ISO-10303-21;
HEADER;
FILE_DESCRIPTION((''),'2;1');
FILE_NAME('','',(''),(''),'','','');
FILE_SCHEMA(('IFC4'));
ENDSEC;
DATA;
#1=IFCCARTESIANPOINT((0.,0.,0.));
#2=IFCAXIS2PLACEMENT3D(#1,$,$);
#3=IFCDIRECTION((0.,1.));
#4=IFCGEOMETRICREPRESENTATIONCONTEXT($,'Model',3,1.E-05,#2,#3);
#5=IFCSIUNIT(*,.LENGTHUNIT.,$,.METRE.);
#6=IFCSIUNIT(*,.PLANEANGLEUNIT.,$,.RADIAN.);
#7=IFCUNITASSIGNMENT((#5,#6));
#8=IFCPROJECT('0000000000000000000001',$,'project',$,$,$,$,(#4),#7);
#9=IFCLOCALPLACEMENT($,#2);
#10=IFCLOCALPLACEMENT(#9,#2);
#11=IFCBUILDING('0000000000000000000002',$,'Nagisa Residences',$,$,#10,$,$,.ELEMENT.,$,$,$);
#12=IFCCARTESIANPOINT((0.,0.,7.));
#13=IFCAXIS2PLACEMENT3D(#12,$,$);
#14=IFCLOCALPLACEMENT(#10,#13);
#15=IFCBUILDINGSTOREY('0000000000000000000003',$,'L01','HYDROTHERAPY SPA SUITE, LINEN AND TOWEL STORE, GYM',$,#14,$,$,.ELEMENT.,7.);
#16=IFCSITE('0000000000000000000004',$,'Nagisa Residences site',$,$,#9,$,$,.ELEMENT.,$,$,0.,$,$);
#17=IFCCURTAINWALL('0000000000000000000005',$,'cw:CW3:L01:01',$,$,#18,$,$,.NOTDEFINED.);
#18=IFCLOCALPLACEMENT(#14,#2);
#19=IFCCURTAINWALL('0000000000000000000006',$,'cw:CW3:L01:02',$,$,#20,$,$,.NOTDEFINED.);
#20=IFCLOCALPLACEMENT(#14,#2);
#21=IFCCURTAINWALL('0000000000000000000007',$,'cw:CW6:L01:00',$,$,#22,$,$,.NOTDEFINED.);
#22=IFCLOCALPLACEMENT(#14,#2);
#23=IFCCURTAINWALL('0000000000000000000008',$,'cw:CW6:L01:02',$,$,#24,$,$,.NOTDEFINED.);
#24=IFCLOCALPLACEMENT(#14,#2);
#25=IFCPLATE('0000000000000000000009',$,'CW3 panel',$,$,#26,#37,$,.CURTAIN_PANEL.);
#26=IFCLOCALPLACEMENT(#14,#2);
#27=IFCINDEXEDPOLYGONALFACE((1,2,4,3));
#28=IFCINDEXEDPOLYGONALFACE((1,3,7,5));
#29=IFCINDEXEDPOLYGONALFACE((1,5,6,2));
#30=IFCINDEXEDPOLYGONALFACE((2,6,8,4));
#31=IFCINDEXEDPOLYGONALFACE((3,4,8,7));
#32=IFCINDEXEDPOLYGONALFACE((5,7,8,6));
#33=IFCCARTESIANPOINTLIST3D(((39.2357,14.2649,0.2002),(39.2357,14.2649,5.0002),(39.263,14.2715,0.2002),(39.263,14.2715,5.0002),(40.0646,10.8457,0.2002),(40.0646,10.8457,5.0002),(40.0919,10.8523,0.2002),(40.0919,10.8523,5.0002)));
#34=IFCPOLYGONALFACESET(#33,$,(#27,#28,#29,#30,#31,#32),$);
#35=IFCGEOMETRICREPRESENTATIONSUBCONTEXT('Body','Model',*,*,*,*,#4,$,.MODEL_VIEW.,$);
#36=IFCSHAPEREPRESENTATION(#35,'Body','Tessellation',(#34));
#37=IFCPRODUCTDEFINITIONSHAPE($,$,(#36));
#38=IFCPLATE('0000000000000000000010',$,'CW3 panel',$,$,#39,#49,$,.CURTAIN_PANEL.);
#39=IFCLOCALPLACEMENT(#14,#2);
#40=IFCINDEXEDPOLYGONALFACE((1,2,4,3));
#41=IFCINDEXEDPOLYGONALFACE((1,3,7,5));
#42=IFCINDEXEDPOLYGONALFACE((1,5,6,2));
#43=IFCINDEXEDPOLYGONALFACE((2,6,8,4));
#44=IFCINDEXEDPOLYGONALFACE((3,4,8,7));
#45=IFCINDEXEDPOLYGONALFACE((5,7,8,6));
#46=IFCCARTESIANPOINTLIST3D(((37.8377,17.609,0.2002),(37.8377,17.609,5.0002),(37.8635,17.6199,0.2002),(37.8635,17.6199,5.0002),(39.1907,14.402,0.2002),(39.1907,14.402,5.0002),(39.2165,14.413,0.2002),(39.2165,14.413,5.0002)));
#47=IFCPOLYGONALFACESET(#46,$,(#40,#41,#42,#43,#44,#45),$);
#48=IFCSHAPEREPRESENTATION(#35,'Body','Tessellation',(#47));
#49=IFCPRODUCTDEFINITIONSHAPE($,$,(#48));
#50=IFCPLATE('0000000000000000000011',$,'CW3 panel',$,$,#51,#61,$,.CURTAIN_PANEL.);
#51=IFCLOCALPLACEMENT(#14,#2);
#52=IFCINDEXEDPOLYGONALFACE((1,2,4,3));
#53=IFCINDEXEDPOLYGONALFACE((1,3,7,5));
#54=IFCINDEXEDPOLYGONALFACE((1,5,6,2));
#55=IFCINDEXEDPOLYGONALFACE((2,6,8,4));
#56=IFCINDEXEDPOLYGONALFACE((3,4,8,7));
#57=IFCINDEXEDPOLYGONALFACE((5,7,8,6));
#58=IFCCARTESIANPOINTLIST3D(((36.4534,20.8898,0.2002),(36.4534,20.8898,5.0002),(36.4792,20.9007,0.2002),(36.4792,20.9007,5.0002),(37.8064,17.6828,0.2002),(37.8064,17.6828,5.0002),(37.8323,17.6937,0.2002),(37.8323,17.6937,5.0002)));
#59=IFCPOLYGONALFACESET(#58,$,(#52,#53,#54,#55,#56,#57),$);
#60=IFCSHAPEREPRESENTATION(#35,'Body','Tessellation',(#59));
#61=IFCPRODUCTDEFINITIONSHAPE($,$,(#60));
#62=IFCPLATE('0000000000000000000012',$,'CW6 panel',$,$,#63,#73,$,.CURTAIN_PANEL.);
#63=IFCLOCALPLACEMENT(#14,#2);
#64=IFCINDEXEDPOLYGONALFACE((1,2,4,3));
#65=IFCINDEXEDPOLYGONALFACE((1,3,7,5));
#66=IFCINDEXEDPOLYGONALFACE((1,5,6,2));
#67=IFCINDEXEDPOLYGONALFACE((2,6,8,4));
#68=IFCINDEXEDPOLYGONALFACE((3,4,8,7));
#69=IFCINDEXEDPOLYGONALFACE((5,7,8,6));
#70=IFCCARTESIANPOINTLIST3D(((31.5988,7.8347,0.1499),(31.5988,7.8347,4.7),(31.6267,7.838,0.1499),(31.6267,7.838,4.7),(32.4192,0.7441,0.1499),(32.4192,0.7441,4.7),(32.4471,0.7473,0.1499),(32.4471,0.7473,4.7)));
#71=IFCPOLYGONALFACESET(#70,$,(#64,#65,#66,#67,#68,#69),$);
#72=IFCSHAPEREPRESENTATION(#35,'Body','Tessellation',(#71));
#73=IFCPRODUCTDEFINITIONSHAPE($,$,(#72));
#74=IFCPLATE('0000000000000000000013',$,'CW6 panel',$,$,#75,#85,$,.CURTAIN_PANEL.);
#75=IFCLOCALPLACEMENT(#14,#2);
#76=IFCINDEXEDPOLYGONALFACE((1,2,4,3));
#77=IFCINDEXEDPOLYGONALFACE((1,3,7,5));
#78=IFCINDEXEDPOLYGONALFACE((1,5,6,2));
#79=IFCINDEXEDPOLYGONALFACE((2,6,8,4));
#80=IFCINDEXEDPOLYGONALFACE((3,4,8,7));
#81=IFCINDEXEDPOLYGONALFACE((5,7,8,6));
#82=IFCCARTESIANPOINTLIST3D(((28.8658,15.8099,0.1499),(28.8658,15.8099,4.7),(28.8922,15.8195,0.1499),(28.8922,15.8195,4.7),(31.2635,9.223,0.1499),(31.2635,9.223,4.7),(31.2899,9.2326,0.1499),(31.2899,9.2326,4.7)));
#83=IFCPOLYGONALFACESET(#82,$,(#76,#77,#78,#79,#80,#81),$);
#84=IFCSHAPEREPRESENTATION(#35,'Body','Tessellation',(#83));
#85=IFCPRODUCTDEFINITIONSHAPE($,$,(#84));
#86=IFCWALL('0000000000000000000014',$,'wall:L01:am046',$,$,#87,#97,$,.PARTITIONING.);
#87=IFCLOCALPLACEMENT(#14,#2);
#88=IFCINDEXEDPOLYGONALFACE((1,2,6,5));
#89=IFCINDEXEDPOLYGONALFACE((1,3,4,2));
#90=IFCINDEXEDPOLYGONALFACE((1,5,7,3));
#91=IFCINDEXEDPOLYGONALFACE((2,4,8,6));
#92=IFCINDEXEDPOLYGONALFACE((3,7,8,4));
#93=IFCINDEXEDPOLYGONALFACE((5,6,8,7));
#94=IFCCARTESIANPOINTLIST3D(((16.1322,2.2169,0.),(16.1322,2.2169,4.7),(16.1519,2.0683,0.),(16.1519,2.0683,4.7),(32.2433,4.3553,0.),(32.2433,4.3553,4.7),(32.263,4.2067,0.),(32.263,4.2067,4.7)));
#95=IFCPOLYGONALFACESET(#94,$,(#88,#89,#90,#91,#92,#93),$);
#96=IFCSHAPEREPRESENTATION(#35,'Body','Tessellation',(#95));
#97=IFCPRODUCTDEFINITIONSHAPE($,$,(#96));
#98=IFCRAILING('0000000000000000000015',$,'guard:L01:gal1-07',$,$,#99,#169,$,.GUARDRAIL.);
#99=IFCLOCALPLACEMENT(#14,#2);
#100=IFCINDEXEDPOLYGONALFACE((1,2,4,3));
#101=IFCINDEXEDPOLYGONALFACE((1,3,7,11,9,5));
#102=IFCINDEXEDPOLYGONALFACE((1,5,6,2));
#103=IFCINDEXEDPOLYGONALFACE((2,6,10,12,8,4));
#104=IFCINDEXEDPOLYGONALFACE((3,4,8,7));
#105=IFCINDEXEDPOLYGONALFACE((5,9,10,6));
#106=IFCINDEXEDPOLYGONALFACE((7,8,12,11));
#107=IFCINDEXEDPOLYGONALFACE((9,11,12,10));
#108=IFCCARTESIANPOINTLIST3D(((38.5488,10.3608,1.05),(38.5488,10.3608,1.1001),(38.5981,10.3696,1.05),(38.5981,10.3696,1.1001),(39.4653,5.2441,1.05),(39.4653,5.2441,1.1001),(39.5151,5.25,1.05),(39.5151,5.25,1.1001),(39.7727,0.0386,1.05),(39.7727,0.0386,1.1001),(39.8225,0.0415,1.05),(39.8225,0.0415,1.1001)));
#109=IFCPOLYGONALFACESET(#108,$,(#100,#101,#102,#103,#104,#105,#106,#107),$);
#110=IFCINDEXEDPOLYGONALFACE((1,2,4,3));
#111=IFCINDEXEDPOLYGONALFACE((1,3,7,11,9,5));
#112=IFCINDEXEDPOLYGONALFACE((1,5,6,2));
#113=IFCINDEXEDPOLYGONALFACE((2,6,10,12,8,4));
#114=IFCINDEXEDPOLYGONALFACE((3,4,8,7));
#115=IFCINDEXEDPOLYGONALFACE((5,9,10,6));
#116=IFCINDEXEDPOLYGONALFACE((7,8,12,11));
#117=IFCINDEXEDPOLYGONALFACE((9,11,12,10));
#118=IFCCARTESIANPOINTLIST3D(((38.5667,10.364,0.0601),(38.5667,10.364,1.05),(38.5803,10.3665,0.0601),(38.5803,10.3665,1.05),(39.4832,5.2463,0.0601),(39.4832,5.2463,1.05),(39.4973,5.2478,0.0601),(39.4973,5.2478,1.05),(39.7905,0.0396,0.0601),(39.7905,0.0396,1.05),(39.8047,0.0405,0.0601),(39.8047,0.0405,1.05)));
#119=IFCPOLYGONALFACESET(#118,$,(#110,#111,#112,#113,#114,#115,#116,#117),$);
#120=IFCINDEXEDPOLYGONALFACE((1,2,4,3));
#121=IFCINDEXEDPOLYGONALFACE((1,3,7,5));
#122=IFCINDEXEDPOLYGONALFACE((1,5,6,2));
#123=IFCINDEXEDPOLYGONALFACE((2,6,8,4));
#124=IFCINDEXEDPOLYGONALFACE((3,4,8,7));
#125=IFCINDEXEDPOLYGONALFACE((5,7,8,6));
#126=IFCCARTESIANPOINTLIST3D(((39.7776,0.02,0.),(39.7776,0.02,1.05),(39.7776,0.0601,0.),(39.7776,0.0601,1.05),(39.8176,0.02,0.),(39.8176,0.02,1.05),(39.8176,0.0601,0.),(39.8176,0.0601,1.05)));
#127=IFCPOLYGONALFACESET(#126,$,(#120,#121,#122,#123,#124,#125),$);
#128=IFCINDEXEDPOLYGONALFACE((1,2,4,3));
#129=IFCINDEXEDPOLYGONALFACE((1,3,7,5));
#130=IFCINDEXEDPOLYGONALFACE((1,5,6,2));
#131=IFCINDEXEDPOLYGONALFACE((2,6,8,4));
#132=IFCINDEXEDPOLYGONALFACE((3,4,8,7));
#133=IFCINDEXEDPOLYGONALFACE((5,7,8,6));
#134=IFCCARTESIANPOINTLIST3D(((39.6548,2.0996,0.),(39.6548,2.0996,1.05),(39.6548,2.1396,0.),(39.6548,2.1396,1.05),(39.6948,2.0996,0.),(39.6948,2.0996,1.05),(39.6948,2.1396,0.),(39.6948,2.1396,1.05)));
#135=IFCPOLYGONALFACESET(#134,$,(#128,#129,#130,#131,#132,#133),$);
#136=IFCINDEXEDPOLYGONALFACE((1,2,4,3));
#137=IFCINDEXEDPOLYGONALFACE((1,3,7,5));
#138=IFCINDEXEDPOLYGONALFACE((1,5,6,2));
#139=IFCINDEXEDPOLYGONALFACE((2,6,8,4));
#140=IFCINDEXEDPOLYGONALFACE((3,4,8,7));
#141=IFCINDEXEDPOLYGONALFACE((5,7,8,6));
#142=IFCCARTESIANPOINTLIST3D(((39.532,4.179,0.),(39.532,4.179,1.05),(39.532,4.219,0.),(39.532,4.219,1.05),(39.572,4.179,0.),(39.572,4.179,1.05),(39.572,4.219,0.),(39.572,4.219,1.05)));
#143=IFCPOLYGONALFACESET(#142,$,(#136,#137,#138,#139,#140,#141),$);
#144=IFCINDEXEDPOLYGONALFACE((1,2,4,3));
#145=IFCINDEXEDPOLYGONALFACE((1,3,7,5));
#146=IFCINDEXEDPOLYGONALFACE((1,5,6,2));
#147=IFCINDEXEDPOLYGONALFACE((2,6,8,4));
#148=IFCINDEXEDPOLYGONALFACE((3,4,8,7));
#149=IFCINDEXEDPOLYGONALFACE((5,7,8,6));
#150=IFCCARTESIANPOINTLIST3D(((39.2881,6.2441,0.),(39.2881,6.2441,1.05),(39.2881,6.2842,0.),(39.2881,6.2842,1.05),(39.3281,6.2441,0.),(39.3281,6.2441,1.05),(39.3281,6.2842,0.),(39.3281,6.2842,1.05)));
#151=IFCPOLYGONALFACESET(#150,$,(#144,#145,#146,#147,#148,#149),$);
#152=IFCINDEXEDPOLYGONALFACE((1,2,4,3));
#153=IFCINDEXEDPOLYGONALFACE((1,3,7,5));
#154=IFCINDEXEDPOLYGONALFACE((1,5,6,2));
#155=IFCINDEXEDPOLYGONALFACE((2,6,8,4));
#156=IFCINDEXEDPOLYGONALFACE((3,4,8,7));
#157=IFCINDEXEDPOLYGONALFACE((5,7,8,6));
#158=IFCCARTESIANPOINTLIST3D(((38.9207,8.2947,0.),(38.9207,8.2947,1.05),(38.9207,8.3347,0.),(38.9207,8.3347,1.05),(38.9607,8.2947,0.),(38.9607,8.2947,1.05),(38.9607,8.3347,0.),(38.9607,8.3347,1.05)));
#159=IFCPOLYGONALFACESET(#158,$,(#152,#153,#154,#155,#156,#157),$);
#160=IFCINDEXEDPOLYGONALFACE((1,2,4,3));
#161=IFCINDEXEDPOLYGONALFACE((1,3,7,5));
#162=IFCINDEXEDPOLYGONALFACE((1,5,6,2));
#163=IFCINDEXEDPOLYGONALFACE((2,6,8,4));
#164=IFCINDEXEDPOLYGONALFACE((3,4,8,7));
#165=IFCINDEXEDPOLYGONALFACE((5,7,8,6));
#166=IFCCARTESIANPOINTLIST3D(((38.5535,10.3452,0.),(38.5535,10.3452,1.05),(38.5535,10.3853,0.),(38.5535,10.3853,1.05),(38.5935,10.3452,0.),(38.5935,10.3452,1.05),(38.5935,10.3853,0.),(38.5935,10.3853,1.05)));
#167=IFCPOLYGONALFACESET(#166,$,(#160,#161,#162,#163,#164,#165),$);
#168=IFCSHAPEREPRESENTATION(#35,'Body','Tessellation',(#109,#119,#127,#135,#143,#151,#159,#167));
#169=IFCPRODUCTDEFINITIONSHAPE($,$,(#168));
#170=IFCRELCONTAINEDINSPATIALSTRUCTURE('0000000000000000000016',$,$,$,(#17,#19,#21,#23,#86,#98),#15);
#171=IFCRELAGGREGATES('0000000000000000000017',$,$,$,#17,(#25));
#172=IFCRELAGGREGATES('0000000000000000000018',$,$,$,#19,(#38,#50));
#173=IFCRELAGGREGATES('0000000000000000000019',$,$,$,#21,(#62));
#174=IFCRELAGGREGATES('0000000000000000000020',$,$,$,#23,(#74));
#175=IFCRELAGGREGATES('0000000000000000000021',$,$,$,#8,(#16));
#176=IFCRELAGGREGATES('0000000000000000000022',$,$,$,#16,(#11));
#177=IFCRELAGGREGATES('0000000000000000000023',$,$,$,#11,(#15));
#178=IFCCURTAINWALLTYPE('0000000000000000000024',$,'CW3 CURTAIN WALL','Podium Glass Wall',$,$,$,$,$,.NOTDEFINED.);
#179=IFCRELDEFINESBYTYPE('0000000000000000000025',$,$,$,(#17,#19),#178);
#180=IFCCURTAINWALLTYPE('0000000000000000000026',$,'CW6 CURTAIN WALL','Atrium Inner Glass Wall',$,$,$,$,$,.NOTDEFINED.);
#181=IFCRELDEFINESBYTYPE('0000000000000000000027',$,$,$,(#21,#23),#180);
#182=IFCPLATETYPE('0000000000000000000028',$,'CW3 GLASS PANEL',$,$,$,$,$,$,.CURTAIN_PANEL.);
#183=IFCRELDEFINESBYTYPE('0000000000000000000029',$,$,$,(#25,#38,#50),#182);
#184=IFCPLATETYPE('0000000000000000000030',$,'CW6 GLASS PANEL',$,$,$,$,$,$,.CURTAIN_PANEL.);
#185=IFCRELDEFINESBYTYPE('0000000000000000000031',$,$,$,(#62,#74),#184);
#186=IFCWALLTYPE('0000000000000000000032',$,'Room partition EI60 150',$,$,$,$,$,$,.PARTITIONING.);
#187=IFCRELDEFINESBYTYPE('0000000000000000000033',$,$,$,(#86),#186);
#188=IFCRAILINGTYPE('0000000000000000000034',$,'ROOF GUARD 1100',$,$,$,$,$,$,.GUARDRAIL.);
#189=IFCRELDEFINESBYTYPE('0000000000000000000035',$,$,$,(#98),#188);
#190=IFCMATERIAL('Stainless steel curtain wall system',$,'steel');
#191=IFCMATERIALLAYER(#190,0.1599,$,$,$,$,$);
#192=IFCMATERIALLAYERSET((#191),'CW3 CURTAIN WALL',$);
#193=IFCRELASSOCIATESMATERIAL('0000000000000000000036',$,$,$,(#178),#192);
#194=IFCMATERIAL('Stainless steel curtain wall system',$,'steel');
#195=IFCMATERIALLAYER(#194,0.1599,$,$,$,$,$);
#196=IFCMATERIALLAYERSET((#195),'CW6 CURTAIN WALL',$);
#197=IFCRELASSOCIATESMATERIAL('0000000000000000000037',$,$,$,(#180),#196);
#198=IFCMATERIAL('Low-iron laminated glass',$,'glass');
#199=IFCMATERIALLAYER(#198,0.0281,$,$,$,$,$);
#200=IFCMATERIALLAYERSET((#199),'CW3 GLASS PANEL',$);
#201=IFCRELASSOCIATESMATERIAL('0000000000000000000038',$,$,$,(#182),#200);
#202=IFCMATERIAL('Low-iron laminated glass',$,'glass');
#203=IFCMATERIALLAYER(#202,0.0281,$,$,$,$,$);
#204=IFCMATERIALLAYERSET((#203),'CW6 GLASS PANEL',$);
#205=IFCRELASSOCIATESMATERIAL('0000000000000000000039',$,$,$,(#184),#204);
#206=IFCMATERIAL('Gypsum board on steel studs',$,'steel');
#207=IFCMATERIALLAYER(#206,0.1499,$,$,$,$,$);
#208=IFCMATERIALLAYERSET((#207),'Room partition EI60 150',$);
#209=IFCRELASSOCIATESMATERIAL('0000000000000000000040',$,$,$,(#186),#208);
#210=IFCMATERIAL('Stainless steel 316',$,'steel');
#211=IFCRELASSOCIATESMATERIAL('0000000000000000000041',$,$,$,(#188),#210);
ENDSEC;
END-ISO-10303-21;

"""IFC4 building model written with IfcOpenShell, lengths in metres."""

from ifc_helpers import new_model, si_unit, direction, frame, frame_2d, origin, origin_2d, place, context, subcontext, project, spatial, polyline, rectangle, outline, extrude, material, layer, layer_set, type_object, element, aggregate, save


model = new_model("IFC4")

# Units and contexts
model_context = context("Model", 3, precision=1e-05, world=origin(), true_north=direction((0.0, 1.0)))
body_context = subcontext(model_context, "Body", "Model", "MODEL_VIEW")
ifc_project = project(units=[si_unit("LENGTHUNIT", "METRE"), si_unit("PLANEANGLEUNIT", "RADIAN")], contexts=[model_context])

# Site, building, storey
site_placement = place(None, origin())
site = spatial("IfcSite", under=ifc_project, at=site_placement, Name="Nagisa Residences site", CompositionType="ELEMENT", RefElevation=0.0)
building_placement = place(site_placement, origin())
building = spatial("IfcBuilding", under=site, at=building_placement, Name="Nagisa Residences", CompositionType="ELEMENT")
storey_placement = place(building_placement, frame((0.0, 0.0, 7.0)))
storey = spatial("IfcBuildingStorey", under=building, at=storey_placement, Name="L01", Description="HYDROTHERAPY SPA SUITE, LINEN AND TOWEL STORE, GYM", CompositionType="ELEMENT", Elevation=7.0)

# Curtain walls
ifc_material_1 = material(Name="Stainless steel curtain wall system", Category="steel")
ifc_layer_1 = layer(ifc_material_1, 0.1599)
ifc_layer_set_1 = layer_set([ifc_layer_1], Name="CW3 CURTAIN WALL")
curtain_wall_type_1 = type_object("IfcCurtainWallType", Name="CW3 CURTAIN WALL", Description="Podium Glass Wall", PredefinedType="NOTDEFINED", material=ifc_layer_set_1)
curtain_wall_1_placement = place(storey_placement, origin())
curtain_wall_1 = element("IfcCurtainWall", 1, at=curtain_wall_1_placement, inside=storey, type_object=curtain_wall_type_1, Name="cw:CW3:L01:01", PredefinedType="NOTDEFINED")
curtain_wall_2_placement = place(storey_placement, origin())
curtain_wall_2 = element("IfcCurtainWall", 2, at=curtain_wall_2_placement, inside=storey, type_object=curtain_wall_type_1, Name="cw:CW3:L01:02", PredefinedType="NOTDEFINED")

# Curtain walls
ifc_material_2 = material(Name="Stainless steel curtain wall system", Category="steel")
ifc_layer_2 = layer(ifc_material_2, 0.1599)
ifc_layer_set_2 = layer_set([ifc_layer_2], Name="CW6 CURTAIN WALL")
curtain_wall_type_2 = type_object("IfcCurtainWallType", Name="CW6 CURTAIN WALL", Description="Atrium Inner Glass Wall", PredefinedType="NOTDEFINED", material=ifc_layer_set_2)
curtain_wall_3_placement = place(storey_placement, origin())
curtain_wall_3 = element("IfcCurtainWall", 3, at=curtain_wall_3_placement, inside=storey, type_object=curtain_wall_type_2, Name="cw:CW6:L01:00", PredefinedType="NOTDEFINED")
curtain_wall_4_placement = place(storey_placement, origin())
curtain_wall_4 = element("IfcCurtainWall", 4, at=curtain_wall_4_placement, inside=storey, type_object=curtain_wall_type_2, Name="cw:CW6:L01:02", PredefinedType="NOTDEFINED")

# Plates
ifc_material_3 = material(Name="Low-iron laminated glass", Category="glass")
ifc_layer_3 = layer(ifc_material_3, 0.0281)
ifc_layer_set_3 = layer_set([ifc_layer_3], Name="CW3 GLASS PANEL")
plate_type_1 = type_object("IfcPlateType", Name="CW3 GLASS PANEL", PredefinedType="CURTAIN_PANEL", material=ifc_layer_set_3)
plate_1_placement = place(storey_placement, frame((39.6638, 12.5586, 0.2002), z_axis=(0.0, 0.0, 1.0), x_axis=(-0.235606, 0.971849, 0.0)))
plate_1 = element("IfcPlate", 5, at=plate_1_placement, type_object=plate_type_1, Name="CW3 panel", PredefinedType="CURTAIN_PANEL", context=body_context, shape_type="SweptSolid", body=[
    extrude(rectangle(XDim=3.5183, YDim=0.0281, at=origin_2d()), origin(), (0.0, 0.0, 1.0), 4.8),
])
aggregate(curtain_wall_1, [plate_1])
plate_2_placement = place(storey_placement, frame((38.5271, 16.011, 0.2002), z_axis=(0.0, 0.0, 1.0), x_axis=(-0.388718, 0.921357, 0.0)))
plate_2 = element("IfcPlate", 6, at=plate_2_placement, type_object=plate_type_1, Name="CW3 panel", PredefinedType="CURTAIN_PANEL", context=body_context, shape_type="SweptSolid", body=[
    extrude(rectangle(XDim=3.4807, YDim=0.0281, at=origin_2d()), origin(), (0.0, 0.0, 1.0), 4.8),
])
plate_3_placement = place(storey_placement, frame((37.1428, 19.2917, 0.2002), z_axis=(0.0, 0.0, 1.0), x_axis=(-0.388718, 0.921357, 0.0)))
plate_3 = element("IfcPlate", 7, at=plate_3_placement, type_object=plate_type_1, Name="CW3 panel", PredefinedType="CURTAIN_PANEL", context=body_context, shape_type="SweptSolid", body=[
    extrude(rectangle(XDim=3.4807, YDim=0.0281, at=origin_2d()), origin(), (0.0, 0.0, 1.0), 4.8),
])
aggregate(curtain_wall_2, [plate_2, plate_3])
ifc_material_4 = material(Name="Low-iron laminated glass", Category="glass")
ifc_layer_4 = layer(ifc_material_4, 0.0281)
ifc_layer_set_4 = layer_set([ifc_layer_4], Name="CW6 GLASS PANEL")
plate_type_2 = type_object("IfcPlateType", Name="CW6 GLASS PANEL", PredefinedType="CURTAIN_PANEL", material=ifc_layer_set_4)
plate_4_placement = place(storey_placement, frame((32.0229, 4.291, 0.1499), z_axis=(0.0, 0.0, 1.0), x_axis=(-0.114928, 0.993374, 0.0)))
plate_4 = element("IfcPlate", 8, at=plate_4_placement, type_object=plate_type_2, Name="CW6 panel", PredefinedType="CURTAIN_PANEL", context=body_context, shape_type="SweptSolid", body=[
    extrude(rectangle(XDim=7.1379, YDim=0.0281, at=origin_2d()), origin(), (0.0, 0.0, 1.0), 4.55),
])
aggregate(curtain_wall_3, [plate_4])
plate_5_placement = place(storey_placement, frame((30.0779, 12.5212, 0.1499), z_axis=(0.0, 0.0, 1.0), x_axis=(-0.34205, 0.939682, 0.0)))
plate_5 = element("IfcPlate", 9, at=plate_5_placement, type_object=plate_type_2, Name="CW6 panel", PredefinedType="CURTAIN_PANEL", context=body_context, shape_type="SweptSolid", body=[
    extrude(rectangle(XDim=7.0098, YDim=0.0281, at=origin_2d()), origin(), (0.0, 0.0, 1.0), 4.55),
])
aggregate(curtain_wall_4, [plate_5])

# Wall
ifc_material_5 = material(Name="Gypsum board on steel studs", Category="steel")
ifc_layer_5 = layer(ifc_material_5, 0.1499)
ifc_layer_set_5 = layer_set([ifc_layer_5], Name="Room partition EI60 150")
wall_type = type_object("IfcWallType", Name="Room partition EI60 150", PredefinedType="PARTITIONING", material=ifc_layer_set_5)
wall_placement = place(storey_placement, frame((32.2532, 4.281, 0.0), z_axis=(0.0, 0.0, 1.0), x_axis=(-0.991306, -0.131576, 0.0)))
element("IfcWall", 10, at=wall_placement, inside=storey, type_object=wall_type, Name="wall:L01:am046", PredefinedType="PARTITIONING", context=body_context, shape_type="SweptSolid", body=[
    extrude(rectangle(XDim=16.2524, YDim=0.1499, at=frame_2d((8.1262, 0.0))), origin(), (0.0, 0.0, 1.0), 4.7),
])

# Railing
ifc_material_6 = material(Name="Stainless steel 316", Category="steel")
railing_type = type_object("IfcRailingType", Name="ROOF GUARD 1100", PredefinedType="GUARDRAIL", material=ifc_material_6)
railing_1_placement = place(storey_placement, frame((39.7976, 0.04, 0.0)))
element("IfcRailing", 11, at=railing_1_placement, inside=storey, type_object=railing_type, Name="guard:L01:gal1-07", PredefinedType="GUARDRAIL", context=body_context, shape_type="SweptSolid", body=[
    extrude(outline(polyline([(-0.3323, 5.2041), (-0.0249, -0.0015), (0.0249, 0.0015), (-0.2825, 5.21), (-1.1995, 10.3296), (-1.2488, 10.3208), (-0.3323, 5.2041)])), frame((0.0, 0.0, 1.05)), (0.0, 0.0, 1.0), 0.05),
    extrude(outline(polyline([(-0.3145, 5.2063), (-0.0071, -0.0005), (0.0071, 0.0005), (-0.3003, 5.2078), (-1.2173, 10.3264), (-1.231, 10.324), (-0.3145, 5.2063)])), frame((0.0, 0.0, 0.0601)), (0.0, 0.0, 1.0), 0.99),
    extrude(rectangle(XDim=0.04, YDim=0.04, at=origin_2d()), origin(), (0.0, 0.0, 1.0), 1.05),
    extrude(rectangle(XDim=0.04, YDim=0.04, at=origin_2d()), frame((-0.1228, 2.0796, 0.0)), (0.0, 0.0, 1.0), 1.05),
    extrude(rectangle(XDim=0.04, YDim=0.04, at=origin_2d()), frame((-0.2456, 4.1589, 0.0)), (0.0, 0.0, 1.0), 1.05),
    extrude(rectangle(XDim=0.04, YDim=0.04, at=origin_2d()), frame((-0.4895, 6.2241, 0.0)), (0.0, 0.0, 1.0), 1.05),
    extrude(rectangle(XDim=0.04, YDim=0.04, at=origin_2d()), frame((-0.8569, 8.2747, 0.0)), (0.0, 0.0, 1.0), 1.05),
    extrude(rectangle(XDim=0.04, YDim=0.04, at=origin_2d()), frame((-1.2241, 10.3252, 0.0)), (0.0, 0.0, 1.0), 1.05),
])

save(model, "model.ifc")
